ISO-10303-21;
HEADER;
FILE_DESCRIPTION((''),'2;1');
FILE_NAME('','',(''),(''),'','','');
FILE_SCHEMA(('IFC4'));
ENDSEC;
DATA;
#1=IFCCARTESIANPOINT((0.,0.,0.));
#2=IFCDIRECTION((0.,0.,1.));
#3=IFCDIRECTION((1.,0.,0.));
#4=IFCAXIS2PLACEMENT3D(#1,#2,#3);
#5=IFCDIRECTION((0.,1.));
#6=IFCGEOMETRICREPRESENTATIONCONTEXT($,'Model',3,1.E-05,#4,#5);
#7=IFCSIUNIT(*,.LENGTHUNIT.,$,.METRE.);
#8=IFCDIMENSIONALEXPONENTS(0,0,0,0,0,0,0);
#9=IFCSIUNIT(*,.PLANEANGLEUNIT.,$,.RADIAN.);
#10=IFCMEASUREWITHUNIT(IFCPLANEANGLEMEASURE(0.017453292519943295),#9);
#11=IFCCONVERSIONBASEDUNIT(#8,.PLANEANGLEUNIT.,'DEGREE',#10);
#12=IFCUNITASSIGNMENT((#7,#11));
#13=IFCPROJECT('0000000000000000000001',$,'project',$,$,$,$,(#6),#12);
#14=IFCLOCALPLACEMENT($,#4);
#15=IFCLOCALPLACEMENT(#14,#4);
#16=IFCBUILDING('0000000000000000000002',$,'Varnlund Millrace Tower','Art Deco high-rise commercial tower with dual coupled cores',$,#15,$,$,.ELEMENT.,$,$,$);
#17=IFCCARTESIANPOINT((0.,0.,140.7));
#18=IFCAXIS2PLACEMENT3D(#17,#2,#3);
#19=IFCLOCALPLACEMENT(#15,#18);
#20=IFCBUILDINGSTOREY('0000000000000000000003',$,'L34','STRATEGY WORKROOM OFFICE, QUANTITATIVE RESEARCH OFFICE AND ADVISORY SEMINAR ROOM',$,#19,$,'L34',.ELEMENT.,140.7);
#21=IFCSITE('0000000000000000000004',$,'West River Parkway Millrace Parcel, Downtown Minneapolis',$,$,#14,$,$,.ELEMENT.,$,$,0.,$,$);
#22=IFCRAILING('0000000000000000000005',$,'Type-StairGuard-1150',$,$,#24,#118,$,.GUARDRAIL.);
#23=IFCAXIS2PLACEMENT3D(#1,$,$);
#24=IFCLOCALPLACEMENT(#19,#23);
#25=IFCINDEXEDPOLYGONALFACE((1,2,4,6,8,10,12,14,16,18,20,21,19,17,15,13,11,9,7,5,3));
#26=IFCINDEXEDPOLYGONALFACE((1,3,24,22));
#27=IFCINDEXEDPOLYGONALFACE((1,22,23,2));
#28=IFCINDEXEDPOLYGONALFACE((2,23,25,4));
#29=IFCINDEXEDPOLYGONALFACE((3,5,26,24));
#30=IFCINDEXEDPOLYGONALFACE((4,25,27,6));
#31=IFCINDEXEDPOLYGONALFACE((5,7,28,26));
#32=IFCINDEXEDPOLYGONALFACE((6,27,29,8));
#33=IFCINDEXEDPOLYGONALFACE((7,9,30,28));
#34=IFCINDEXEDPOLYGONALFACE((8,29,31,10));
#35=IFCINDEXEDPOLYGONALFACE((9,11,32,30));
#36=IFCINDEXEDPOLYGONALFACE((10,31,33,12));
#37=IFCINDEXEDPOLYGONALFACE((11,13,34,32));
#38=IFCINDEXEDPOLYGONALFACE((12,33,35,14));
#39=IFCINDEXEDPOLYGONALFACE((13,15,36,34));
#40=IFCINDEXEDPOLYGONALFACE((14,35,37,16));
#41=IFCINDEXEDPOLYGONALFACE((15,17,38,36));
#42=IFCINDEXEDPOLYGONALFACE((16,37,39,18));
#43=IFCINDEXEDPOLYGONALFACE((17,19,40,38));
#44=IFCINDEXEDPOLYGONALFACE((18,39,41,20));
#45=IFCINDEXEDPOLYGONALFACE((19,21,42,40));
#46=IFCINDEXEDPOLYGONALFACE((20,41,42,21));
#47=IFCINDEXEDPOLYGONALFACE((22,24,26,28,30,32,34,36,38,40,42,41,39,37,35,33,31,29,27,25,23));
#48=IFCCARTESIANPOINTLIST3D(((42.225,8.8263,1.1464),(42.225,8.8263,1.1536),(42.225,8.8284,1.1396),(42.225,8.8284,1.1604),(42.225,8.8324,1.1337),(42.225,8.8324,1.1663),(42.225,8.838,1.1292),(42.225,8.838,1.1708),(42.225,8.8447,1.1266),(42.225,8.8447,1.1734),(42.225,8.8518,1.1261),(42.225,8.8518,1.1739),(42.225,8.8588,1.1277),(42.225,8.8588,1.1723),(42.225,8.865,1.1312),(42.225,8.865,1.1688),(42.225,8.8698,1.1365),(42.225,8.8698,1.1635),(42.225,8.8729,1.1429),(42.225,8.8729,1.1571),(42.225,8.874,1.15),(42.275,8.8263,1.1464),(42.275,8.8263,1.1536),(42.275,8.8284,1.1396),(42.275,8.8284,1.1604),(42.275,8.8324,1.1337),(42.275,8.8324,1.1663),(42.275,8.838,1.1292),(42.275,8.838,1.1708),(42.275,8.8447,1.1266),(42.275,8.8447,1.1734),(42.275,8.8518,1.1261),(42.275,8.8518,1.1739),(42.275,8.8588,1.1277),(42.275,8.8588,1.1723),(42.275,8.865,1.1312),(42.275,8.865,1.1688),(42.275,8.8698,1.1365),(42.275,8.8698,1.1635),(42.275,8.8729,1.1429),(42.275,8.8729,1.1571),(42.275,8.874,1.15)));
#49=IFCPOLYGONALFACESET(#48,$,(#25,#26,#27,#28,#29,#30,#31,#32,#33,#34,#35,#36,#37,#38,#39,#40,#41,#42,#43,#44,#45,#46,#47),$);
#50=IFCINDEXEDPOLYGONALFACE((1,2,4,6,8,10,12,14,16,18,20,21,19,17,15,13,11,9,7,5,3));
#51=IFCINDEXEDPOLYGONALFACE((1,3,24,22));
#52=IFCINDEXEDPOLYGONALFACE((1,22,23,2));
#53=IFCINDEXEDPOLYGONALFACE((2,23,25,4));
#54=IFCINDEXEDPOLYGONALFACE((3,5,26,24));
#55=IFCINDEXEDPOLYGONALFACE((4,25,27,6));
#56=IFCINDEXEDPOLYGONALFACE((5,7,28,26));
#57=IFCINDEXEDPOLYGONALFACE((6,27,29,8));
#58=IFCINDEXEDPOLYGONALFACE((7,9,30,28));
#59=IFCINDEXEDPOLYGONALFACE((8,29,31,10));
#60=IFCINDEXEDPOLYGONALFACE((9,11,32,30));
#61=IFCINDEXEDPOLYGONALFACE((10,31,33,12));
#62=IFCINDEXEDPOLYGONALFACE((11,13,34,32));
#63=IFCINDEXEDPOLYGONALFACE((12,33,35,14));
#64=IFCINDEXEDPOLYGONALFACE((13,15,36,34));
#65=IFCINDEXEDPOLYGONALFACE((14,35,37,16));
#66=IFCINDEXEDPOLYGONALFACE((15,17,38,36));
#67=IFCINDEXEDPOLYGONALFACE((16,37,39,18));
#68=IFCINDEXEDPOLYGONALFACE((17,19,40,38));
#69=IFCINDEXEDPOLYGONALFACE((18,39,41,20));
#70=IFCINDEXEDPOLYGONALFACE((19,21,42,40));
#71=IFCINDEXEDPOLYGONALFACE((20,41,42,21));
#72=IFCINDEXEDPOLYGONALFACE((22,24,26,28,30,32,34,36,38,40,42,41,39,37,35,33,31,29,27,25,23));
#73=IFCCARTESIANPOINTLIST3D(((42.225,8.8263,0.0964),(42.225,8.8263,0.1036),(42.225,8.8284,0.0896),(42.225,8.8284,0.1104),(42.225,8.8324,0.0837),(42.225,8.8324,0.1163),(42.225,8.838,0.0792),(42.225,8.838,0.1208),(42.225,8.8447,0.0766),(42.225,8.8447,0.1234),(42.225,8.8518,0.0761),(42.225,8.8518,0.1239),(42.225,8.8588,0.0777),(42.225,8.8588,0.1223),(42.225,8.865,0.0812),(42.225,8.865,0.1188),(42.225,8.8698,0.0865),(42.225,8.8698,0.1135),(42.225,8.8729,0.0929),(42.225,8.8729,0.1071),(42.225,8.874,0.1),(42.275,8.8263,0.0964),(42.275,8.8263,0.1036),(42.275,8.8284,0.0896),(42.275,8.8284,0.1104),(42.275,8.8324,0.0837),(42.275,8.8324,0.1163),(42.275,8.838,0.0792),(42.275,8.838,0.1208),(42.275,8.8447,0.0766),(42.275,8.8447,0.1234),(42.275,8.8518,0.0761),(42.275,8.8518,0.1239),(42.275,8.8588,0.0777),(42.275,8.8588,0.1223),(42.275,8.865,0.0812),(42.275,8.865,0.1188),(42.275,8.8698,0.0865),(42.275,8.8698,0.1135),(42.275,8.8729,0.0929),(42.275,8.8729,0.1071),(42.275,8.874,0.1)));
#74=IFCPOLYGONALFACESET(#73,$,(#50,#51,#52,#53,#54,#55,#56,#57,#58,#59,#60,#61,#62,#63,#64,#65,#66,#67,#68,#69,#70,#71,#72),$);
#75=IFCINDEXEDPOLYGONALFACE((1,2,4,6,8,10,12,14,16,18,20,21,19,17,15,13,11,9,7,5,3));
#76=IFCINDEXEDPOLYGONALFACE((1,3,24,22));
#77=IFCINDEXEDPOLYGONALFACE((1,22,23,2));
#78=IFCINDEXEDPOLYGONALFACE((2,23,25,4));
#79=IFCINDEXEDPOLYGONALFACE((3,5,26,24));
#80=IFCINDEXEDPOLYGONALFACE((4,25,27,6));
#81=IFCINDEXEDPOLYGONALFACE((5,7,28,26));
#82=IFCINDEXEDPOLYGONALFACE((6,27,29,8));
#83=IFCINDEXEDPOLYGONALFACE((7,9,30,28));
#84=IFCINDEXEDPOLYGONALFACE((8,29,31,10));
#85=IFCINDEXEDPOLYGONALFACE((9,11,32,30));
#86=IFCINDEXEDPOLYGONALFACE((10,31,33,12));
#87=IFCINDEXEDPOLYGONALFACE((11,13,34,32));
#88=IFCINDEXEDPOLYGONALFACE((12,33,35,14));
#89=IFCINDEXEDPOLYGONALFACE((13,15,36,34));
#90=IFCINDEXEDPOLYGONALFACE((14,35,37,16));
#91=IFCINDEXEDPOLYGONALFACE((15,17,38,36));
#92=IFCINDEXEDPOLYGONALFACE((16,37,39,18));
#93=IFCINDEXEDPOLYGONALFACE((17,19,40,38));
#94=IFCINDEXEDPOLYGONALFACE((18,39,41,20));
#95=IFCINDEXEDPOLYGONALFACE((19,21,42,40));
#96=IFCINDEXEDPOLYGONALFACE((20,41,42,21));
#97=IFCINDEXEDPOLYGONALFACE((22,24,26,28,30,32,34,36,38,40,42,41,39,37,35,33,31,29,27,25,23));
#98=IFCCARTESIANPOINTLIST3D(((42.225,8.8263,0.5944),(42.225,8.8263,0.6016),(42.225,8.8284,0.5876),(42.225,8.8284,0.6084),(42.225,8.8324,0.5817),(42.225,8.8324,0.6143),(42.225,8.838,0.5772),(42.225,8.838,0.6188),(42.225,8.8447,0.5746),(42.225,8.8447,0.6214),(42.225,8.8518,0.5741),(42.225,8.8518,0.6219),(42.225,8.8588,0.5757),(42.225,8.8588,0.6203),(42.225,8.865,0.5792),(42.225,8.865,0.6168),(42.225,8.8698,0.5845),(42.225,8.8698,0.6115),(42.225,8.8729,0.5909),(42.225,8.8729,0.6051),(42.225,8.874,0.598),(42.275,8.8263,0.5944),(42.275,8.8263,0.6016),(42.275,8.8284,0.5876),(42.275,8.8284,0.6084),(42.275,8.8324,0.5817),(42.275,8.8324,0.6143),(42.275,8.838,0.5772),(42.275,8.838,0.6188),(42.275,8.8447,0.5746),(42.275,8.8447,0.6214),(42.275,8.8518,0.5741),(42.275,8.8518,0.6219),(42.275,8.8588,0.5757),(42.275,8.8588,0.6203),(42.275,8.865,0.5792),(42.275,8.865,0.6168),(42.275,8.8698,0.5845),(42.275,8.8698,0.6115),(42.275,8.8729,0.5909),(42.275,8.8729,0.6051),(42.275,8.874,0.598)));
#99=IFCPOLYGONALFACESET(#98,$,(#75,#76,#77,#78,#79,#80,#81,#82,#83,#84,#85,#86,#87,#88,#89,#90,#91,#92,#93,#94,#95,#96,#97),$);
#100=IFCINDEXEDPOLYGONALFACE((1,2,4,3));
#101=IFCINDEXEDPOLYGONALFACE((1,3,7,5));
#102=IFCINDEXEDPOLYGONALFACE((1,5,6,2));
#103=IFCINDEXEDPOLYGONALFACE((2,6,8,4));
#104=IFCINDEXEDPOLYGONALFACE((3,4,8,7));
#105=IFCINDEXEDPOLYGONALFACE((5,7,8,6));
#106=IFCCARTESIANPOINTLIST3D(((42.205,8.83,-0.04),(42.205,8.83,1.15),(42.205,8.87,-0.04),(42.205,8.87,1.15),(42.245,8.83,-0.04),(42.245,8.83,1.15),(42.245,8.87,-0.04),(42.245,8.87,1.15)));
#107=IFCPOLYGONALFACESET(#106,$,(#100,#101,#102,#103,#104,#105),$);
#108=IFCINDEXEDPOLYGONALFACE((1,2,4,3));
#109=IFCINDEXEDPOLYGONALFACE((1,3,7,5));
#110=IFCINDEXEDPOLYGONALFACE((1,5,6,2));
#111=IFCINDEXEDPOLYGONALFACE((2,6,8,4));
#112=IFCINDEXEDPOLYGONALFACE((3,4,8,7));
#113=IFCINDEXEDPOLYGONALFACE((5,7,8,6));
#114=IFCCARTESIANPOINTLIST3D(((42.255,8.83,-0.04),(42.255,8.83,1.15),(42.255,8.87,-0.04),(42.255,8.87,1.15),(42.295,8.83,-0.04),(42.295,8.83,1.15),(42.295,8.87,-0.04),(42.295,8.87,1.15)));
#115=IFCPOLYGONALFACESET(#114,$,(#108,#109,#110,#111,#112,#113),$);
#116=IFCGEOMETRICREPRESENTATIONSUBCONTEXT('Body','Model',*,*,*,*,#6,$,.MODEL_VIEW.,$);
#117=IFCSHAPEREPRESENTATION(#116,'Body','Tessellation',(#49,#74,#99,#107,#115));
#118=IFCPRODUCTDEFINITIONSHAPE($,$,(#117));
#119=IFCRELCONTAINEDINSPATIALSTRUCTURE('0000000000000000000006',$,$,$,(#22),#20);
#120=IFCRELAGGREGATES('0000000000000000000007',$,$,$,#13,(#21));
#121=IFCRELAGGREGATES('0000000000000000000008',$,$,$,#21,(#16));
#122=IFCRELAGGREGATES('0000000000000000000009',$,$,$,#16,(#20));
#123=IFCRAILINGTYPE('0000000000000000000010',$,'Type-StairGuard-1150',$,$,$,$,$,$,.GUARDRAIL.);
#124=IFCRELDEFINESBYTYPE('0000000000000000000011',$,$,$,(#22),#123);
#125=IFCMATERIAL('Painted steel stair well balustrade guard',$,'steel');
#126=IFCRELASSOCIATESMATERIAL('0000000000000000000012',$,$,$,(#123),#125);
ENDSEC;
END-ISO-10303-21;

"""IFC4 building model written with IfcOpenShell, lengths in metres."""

from ifc_helpers import new_model, entity, si_unit, converted_unit, direction, frame, origin_with_axes, origin_2d_with_axis, place, context, subcontext, project, spatial, rectangle, circle, extrude, material, type_object, element, save


model = new_model("IFC4")

# Units and contexts
model_context = context("Model", 3, precision=1e-05, world=origin_with_axes(), true_north=direction((0.0, 1.0)))
body_context = subcontext(model_context, "Body", "Model", "MODEL_VIEW")
ifc_project = project(units=[si_unit("LENGTHUNIT", "METRE"), converted_unit("PLANEANGLEUNIT", "DEGREE", entity("IfcPlaneAngleMeasure", 0.017453292519943295), si_unit("PLANEANGLEUNIT", "RADIAN"), dimensions=[0, 0, 0, 0, 0, 0, 0])], contexts=[model_context])

# Site, building, storey
site_placement = place(None, origin_with_axes())
site = spatial("IfcSite", under=ifc_project, at=site_placement, Name="West River Parkway Millrace Parcel, Downtown Minneapolis", CompositionType="ELEMENT", RefElevation=0.0)
building_placement = place(site_placement, origin_with_axes())
building = spatial("IfcBuilding", under=site, at=building_placement, Name="Varnlund Millrace Tower", Description="Art Deco high-rise commercial tower with dual coupled cores", CompositionType="ELEMENT")
storey_placement = place(building_placement, frame((0.0, 0.0, 140.7), z_axis=(0.0, 0.0, 1.0), x_axis=(1.0, 0.0, 0.0)))
storey = spatial("IfcBuildingStorey", under=building, at=storey_placement, Name="L34", Description="STRATEGY WORKROOM OFFICE, QUANTITATIVE RESEARCH OFFICE AND ADVISORY SEMINAR ROOM", LongName="L34", CompositionType="ELEMENT", Elevation=140.7)

# Railing
ifc_material_1 = material(Name="Painted steel stair well balustrade guard", Category="steel")
railing_type_1 = type_object("IfcRailingType", Name="Type-StairGuard-1150", PredefinedType="GUARDRAIL", material=ifc_material_1)
railing_1_placement = place(storey_placement, frame((0.0, 0.0, -140.7), z_axis=(0.0, 0.0, 1.0), x_axis=(1.0, 0.0, 0.0)))
element("IfcRailing", 1, at=railing_1_placement, inside=storey, type_object=railing_type_1, Name="Type-StairGuard-1150", PredefinedType="GUARDRAIL", context=body_context, shape_type="SweptSolid", body=[
    extrude(circle(Radius=0.024, at=origin_2d_with_axis()), frame((42.225, 8.85, 141.85), z_axis=(1.0, 0.0, 0.0), x_axis=(0.0, 1.0, 0.0)), (0.0, 0.0, 1.0), 0.05),
    extrude(circle(Radius=0.024, at=origin_2d_with_axis()), frame((42.225, 8.85, 140.8), z_axis=(1.0, 0.0, 0.0), x_axis=(0.0, 1.0, 0.0)), (0.0, 0.0, 1.0), 0.05),
    extrude(circle(Radius=0.024, at=origin_2d_with_axis()), frame((42.225, 8.85, 141.298), z_axis=(1.0, 0.0, 0.0), x_axis=(0.0, 1.0, 0.0)), (0.0, 0.0, 1.0), 0.05),
    extrude(rectangle(XDim=0.04, YDim=0.04, at=origin_2d_with_axis()), frame((42.225, 8.85, 140.66), z_axis=(0.0, 0.0, 1.0), x_axis=(1.0, 0.0, 0.0)), (0.0, 0.0, 1.0), 1.19),
    extrude(rectangle(XDim=0.04, YDim=0.04, at=origin_2d_with_axis()), frame((42.275, 8.85, 140.66), z_axis=(0.0, 0.0, 1.0), x_axis=(1.0, 0.0, 0.0)), (0.0, 0.0, 1.0), 1.19),
])

save(model, "model.ifc")
